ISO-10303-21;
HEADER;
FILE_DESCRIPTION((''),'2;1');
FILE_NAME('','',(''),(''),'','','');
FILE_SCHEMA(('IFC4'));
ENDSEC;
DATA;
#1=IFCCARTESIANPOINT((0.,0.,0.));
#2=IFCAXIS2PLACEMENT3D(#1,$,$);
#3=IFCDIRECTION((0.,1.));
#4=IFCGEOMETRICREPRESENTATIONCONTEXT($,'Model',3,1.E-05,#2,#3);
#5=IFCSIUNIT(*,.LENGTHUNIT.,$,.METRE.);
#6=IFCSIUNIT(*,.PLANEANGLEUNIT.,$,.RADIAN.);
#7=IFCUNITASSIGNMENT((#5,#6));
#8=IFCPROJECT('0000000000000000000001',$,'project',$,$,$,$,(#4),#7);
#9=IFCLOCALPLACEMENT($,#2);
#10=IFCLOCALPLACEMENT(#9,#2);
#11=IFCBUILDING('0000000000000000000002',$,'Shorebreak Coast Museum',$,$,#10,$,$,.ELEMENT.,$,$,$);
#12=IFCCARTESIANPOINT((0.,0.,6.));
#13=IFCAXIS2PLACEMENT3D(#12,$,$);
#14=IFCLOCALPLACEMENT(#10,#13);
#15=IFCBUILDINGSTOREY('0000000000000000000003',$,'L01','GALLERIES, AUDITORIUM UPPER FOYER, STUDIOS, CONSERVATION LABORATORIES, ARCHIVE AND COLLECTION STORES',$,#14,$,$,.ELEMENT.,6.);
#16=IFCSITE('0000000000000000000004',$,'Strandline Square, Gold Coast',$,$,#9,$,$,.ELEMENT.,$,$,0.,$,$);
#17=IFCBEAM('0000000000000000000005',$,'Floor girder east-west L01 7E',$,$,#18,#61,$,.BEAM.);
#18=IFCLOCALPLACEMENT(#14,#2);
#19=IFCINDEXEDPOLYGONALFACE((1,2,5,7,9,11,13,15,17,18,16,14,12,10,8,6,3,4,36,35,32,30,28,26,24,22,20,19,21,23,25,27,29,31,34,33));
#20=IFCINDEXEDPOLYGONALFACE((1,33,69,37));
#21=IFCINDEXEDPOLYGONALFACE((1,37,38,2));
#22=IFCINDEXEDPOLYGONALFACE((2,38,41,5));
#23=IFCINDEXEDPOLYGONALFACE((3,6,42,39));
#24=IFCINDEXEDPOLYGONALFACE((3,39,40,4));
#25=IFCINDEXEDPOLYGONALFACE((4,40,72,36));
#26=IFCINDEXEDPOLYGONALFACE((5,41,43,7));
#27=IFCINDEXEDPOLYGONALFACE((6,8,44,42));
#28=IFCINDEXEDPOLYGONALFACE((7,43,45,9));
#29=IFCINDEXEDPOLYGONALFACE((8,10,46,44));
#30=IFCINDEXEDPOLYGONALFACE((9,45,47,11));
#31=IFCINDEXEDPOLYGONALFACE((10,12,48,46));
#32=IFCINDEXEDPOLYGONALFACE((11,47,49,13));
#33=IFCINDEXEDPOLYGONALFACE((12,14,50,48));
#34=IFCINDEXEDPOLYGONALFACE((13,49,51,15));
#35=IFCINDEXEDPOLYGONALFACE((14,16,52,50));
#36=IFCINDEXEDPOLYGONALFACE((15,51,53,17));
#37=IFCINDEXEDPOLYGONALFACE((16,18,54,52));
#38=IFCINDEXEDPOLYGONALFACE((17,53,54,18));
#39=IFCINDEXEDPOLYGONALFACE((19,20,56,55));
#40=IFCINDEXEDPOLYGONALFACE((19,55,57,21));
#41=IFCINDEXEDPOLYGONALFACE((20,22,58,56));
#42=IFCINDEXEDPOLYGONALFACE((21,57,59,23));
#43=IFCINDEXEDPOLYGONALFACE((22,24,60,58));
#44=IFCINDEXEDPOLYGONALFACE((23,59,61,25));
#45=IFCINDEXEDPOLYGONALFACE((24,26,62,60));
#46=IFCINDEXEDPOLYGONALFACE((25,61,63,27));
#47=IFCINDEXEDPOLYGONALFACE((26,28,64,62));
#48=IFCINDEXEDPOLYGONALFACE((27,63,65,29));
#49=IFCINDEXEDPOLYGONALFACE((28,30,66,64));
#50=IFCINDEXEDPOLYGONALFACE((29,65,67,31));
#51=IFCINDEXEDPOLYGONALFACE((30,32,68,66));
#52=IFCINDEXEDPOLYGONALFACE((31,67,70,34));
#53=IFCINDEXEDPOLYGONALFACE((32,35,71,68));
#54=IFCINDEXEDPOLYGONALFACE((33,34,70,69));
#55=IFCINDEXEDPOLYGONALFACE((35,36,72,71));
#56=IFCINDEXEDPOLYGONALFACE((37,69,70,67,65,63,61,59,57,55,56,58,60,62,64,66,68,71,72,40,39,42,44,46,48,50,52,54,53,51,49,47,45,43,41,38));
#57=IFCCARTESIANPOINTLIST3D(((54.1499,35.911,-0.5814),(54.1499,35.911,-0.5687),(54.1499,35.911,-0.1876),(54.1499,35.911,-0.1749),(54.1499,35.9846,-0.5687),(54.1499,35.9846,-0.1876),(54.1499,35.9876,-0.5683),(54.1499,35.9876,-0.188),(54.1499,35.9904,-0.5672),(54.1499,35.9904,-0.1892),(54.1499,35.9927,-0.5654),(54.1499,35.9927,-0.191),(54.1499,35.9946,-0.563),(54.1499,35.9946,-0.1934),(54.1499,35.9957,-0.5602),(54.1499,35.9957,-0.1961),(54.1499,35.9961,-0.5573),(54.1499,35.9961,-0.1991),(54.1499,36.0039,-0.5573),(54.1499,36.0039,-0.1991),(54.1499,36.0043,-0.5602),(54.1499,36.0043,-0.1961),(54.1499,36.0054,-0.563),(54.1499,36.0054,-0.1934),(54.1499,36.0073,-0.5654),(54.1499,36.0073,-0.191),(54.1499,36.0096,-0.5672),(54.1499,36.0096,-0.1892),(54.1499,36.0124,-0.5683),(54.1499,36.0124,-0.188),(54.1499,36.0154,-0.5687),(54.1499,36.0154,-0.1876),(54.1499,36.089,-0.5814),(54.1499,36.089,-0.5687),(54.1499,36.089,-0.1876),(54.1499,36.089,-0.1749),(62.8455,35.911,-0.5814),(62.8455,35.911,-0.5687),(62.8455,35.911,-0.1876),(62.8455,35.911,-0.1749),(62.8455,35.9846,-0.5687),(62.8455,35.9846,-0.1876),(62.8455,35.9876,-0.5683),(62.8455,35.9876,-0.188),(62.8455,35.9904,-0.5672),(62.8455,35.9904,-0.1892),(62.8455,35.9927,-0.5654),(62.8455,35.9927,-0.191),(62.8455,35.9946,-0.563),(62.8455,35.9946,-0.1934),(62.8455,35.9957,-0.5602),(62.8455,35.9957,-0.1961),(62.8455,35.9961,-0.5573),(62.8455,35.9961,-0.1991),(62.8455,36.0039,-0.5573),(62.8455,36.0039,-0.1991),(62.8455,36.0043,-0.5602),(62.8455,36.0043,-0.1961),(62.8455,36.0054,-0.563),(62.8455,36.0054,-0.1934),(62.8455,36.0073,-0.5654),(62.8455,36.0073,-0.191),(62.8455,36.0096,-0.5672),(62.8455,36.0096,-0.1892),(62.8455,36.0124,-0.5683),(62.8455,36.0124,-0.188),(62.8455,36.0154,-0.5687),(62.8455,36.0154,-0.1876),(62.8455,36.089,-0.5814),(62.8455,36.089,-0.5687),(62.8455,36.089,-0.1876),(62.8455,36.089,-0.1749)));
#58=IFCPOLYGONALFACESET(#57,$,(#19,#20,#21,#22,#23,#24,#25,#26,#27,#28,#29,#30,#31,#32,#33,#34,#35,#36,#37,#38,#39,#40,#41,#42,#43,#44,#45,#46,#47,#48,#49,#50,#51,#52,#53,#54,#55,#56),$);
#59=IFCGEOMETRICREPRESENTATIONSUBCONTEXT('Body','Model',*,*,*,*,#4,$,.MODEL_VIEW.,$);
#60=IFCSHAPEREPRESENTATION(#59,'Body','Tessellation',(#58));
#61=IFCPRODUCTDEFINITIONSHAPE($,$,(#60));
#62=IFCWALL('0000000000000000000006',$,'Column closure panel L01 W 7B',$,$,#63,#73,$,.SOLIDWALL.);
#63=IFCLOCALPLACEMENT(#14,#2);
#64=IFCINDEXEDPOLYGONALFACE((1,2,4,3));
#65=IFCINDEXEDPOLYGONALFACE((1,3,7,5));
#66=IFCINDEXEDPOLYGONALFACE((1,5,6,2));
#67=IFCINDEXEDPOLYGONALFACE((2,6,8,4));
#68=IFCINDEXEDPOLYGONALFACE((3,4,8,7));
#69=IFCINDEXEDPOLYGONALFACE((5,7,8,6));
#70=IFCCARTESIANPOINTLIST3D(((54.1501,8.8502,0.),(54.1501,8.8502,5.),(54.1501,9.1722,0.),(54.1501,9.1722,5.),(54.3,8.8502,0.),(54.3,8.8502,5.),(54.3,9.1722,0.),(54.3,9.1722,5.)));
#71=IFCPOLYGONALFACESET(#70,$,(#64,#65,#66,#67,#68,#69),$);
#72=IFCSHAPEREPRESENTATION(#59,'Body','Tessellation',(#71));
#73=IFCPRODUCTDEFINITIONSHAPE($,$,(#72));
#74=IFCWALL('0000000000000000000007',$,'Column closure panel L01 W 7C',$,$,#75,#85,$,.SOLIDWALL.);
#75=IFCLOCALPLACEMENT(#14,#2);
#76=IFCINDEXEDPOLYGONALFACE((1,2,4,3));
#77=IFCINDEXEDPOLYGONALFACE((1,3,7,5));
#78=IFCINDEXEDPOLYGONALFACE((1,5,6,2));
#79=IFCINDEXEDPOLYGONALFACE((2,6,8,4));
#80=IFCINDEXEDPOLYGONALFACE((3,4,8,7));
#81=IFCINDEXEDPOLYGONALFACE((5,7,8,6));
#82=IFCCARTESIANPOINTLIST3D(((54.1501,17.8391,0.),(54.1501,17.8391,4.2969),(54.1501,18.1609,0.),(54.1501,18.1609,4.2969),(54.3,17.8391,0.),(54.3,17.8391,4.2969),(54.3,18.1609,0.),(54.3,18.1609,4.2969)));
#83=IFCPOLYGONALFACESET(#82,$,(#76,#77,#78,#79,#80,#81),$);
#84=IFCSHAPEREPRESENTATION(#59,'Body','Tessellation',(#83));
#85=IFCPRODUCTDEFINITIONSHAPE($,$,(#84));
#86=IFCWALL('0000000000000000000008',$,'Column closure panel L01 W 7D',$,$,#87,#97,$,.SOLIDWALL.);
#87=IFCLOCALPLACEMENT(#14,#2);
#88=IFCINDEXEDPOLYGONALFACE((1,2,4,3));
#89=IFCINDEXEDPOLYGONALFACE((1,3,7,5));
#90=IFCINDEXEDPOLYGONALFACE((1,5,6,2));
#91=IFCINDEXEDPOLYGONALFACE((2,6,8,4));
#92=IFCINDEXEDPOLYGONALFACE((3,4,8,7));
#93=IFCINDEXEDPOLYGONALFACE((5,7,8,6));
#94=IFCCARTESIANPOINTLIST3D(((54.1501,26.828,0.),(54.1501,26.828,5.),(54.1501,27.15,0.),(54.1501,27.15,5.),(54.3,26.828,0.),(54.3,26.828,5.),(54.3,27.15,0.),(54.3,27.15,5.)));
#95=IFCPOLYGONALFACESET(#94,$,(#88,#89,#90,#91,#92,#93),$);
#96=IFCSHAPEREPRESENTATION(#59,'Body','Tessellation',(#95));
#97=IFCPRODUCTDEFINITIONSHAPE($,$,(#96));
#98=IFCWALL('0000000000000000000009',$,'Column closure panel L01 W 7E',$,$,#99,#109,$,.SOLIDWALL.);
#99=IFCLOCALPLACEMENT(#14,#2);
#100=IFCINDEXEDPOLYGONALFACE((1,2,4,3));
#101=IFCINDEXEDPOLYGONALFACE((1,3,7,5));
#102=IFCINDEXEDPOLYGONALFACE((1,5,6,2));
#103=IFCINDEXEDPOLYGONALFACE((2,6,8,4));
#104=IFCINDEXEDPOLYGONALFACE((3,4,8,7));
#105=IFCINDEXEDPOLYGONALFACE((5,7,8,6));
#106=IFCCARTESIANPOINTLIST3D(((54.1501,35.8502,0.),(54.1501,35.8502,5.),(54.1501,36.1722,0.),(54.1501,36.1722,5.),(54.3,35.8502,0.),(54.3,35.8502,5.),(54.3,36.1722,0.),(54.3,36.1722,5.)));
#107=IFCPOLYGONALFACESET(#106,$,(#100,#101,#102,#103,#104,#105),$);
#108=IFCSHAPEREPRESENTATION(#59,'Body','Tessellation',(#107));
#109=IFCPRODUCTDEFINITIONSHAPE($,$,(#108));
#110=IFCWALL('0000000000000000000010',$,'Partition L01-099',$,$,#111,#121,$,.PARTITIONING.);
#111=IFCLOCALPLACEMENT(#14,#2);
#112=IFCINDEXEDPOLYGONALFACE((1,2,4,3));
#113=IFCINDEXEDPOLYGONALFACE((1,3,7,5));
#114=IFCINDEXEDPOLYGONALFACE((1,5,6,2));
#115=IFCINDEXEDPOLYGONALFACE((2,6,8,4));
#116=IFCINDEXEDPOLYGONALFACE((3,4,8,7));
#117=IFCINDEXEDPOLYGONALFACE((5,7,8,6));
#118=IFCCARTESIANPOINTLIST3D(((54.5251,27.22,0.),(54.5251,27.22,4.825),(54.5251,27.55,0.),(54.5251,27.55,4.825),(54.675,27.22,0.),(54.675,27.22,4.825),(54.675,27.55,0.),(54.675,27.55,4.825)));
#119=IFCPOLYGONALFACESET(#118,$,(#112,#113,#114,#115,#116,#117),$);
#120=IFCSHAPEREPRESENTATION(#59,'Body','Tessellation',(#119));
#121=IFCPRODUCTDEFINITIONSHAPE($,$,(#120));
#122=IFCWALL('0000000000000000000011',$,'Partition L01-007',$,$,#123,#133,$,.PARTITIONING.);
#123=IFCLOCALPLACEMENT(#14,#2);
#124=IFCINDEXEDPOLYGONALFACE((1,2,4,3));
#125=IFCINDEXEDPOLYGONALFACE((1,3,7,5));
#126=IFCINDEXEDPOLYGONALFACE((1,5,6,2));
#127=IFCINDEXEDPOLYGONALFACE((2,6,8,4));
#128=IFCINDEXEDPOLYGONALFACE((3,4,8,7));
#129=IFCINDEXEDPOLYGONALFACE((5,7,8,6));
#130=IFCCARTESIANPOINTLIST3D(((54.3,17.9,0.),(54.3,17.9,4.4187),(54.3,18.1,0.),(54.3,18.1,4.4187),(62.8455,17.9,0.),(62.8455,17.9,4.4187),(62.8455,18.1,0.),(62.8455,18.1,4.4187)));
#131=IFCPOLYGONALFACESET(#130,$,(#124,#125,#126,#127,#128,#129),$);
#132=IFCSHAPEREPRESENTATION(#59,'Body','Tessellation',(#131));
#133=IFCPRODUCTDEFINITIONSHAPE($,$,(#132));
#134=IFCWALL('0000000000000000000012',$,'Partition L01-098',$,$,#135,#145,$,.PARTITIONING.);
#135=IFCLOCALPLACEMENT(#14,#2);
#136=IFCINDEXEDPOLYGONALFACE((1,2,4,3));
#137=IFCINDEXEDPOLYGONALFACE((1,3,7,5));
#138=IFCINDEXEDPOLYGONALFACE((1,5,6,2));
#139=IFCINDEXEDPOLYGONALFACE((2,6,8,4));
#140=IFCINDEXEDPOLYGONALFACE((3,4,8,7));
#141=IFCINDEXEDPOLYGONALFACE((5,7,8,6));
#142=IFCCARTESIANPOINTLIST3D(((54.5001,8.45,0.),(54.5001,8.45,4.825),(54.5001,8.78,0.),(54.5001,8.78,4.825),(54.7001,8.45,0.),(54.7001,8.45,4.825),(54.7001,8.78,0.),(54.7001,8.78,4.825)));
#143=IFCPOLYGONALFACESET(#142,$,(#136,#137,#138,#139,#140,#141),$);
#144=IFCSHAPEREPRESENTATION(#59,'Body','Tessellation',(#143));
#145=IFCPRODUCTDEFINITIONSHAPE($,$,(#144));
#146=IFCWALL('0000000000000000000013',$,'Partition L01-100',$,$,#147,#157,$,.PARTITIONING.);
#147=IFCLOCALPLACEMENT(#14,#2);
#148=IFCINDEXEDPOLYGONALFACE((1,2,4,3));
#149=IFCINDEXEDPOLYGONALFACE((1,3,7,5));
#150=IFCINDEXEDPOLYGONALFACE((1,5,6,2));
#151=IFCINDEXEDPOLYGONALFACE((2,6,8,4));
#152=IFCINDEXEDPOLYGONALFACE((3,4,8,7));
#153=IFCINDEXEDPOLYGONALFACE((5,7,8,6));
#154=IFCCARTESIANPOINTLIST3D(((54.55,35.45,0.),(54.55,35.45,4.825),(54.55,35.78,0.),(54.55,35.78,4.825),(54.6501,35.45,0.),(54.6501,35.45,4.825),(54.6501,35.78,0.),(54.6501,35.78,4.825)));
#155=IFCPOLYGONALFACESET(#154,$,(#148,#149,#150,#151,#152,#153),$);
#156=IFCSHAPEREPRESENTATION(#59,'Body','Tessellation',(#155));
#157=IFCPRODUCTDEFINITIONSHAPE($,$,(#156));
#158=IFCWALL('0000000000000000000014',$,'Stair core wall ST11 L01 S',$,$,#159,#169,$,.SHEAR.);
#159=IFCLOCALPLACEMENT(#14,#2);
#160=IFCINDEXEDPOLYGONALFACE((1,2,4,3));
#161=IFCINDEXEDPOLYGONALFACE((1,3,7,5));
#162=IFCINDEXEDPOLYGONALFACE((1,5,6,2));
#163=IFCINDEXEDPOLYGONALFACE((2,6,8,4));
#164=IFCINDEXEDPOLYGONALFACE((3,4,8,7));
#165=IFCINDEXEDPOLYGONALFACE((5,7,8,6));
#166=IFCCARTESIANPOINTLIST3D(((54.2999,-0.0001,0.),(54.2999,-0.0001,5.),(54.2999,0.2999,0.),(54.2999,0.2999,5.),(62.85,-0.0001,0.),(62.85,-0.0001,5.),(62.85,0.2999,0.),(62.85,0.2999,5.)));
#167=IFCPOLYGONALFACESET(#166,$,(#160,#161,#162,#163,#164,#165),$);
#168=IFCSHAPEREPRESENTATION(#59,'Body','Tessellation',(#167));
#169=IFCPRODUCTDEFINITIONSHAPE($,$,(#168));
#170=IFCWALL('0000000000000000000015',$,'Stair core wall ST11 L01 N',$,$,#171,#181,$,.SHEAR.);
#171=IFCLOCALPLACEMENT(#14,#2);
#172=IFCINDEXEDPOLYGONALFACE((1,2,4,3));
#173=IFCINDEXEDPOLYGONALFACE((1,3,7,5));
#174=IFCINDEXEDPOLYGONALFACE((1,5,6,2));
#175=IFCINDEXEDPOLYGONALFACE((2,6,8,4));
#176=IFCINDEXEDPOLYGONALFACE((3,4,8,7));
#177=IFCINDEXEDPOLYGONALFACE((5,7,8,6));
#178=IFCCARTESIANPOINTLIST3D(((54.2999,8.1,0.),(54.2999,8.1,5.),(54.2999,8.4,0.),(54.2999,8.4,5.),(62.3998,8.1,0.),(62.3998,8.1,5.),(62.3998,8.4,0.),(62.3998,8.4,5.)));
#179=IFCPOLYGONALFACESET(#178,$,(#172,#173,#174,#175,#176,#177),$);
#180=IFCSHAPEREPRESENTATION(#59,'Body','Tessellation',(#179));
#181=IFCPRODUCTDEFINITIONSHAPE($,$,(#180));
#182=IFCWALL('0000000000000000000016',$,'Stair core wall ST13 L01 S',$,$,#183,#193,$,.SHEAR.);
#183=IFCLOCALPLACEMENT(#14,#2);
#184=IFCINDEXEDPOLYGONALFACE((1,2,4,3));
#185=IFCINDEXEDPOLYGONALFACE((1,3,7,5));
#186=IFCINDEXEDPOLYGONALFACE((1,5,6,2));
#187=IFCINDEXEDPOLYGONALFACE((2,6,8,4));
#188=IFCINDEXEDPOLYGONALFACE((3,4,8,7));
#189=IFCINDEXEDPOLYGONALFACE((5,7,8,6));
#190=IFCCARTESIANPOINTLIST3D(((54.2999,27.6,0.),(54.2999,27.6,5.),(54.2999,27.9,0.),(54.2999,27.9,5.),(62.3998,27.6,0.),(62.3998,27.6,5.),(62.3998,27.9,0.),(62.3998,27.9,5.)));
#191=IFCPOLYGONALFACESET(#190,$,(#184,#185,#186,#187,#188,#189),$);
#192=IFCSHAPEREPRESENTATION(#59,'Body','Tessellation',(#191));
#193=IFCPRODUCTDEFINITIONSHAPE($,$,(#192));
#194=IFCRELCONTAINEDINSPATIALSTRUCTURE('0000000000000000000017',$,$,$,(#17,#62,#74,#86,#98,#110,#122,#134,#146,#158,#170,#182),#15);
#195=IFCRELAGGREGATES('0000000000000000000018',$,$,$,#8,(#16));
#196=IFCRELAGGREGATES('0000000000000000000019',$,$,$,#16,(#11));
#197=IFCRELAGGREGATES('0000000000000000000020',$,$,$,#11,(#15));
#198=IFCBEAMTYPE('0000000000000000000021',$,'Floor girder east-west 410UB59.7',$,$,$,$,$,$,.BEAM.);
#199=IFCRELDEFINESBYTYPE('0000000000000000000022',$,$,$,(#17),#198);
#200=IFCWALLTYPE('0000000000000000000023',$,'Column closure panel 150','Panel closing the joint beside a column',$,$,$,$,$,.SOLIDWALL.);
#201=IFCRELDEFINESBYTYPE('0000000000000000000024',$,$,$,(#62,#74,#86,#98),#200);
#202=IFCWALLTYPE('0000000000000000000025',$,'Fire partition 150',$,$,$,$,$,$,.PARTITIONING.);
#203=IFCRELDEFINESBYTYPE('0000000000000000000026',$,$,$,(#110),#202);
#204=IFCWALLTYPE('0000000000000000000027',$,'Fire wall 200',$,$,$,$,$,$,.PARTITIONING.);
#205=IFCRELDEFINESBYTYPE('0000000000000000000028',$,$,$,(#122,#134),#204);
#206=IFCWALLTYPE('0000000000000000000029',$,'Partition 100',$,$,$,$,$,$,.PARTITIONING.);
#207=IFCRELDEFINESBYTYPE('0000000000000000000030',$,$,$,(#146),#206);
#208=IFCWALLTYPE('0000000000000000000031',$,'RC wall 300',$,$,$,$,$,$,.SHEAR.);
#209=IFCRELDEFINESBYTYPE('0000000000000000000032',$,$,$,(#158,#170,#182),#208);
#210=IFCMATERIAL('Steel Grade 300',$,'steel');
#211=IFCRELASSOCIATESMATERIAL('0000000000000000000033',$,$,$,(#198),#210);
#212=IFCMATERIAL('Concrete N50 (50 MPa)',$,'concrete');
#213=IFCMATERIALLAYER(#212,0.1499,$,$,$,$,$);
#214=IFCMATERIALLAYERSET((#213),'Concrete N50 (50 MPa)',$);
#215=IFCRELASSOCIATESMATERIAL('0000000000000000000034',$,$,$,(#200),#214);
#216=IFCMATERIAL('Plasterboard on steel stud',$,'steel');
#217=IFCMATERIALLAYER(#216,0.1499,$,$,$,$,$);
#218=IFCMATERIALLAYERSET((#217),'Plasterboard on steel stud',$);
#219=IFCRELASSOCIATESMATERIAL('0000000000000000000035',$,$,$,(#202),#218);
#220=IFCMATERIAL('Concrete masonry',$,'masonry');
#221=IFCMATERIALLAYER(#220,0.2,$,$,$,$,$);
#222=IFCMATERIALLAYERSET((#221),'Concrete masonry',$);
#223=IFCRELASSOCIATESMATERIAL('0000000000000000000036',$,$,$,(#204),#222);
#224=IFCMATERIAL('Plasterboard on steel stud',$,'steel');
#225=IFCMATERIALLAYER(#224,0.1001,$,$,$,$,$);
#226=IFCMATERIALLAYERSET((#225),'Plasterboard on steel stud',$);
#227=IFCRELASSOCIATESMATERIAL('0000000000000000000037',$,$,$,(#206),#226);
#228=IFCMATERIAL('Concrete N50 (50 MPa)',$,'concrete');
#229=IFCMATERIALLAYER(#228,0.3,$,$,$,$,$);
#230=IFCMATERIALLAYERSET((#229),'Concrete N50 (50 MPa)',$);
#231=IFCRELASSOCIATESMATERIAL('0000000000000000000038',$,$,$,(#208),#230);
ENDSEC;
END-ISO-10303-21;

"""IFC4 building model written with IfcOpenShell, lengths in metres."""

from ifc_helpers import new_model, si_unit, direction, frame, frame_2d, origin, origin_2d, place, context, subcontext, project, spatial, rectangle, i_section, extrude, material, layer, layer_set, material_profile, profile_set, type_object, element, save


model = new_model("IFC4")

# Units and contexts
model_context = context("Model", 3, precision=1e-05, world=origin(), true_north=direction((0.0, 1.0)))
body_context = subcontext(model_context, "Body", "Model", "MODEL_VIEW")
ifc_project = project(units=[si_unit("LENGTHUNIT", "METRE"), si_unit("PLANEANGLEUNIT", "RADIAN")], contexts=[model_context])

# Site, building, storey
site_placement = place(None, origin())
site = spatial("IfcSite", under=ifc_project, at=site_placement, Name="Strandline Square, Gold Coast", CompositionType="ELEMENT", RefElevation=0.0)
building_placement = place(site_placement, origin())
building = spatial("IfcBuilding", under=site, at=building_placement, Name="Shorebreak Coast Museum", CompositionType="ELEMENT")
storey_placement = place(building_placement, frame((0.0, 0.0, 6.0)))
storey = spatial("IfcBuildingStorey", under=building, at=storey_placement, Name="L01", Description="GALLERIES, AUDITORIUM UPPER FOYER, STUDIOS, CONSERVATION LABORATORIES, ARCHIVE AND COLLECTION STORES", CompositionType="ELEMENT", Elevation=6.0)

# Beam
ifc_material_1 = material(Name="Steel Grade 300", Category="steel")
ifc_material_profile = material_profile(ifc_material_1, i_section(OverallWidth=0.178, OverallDepth=0.4065, WebThickness=0.0078, FlangeThickness=0.0127, FilletRadius=0.0115, at=origin_2d()), Name="410UB59.7")
ifc_profile_set = profile_set([ifc_material_profile], Name="Steel Grade 300")
beam_type = type_object("IfcBeamType", Name="Floor girder east-west 410UB59.7", PredefinedType="BEAM", material=ifc_profile_set)
beam_placement = place(storey_placement, frame((54.1499, 36.0, -0.3782), z_axis=(1.0, 0.0, 0.0), x_axis=(0.0, 1.0, 0.0)))
element("IfcBeam", 1, at=beam_placement, inside=storey, type_object=beam_type, Name="Floor girder east-west L01 7E", PredefinedType="BEAM", context=body_context, shape_type="SweptSolid", body=[
    extrude(i_section(OverallWidth=0.178, OverallDepth=0.4065, WebThickness=0.0078, FlangeThickness=0.0127, FilletRadius=0.0115, at=origin_2d()), origin(), (0.0, 0.0, 1.0), 8.6956),
])

# Walls
ifc_material_2 = material(Name="Concrete N50 (50 MPa)", Category="concrete")
ifc_layer_1 = layer(ifc_material_2, 0.1499)
ifc_layer_set_1 = layer_set([ifc_layer_1], Name="Concrete N50 (50 MPa)")
wall_type_1 = type_object("IfcWallType", Name="Column closure panel 150", Description="Panel closing the joint beside a column", PredefinedType="SOLIDWALL", material=ifc_layer_set_1)
wall_1_placement = place(storey_placement, frame((54.2251, 8.8501, 0.0), z_axis=(0.0, 0.0, 1.0), x_axis=(0.0, 1.0, 0.0)))
element("IfcWall", 2, at=wall_1_placement, inside=storey, type_object=wall_type_1, Name="Column closure panel L01 W 7B", PredefinedType="SOLIDWALL", context=body_context, shape_type="SweptSolid", body=[
    extrude(rectangle(XDim=0.322, YDim=0.1499, at=frame_2d((0.1611, 0.0))), origin(), (0.0, 0.0, 1.0), 5.0),
])
wall_2_placement = place(storey_placement, frame((54.2251, 17.8391, 0.0), z_axis=(0.0, 0.0, 1.0), x_axis=(0.0, 1.0, 0.0)))
element("IfcWall", 3, at=wall_2_placement, inside=storey, type_object=wall_type_1, Name="Column closure panel L01 W 7C", PredefinedType="SOLIDWALL", context=body_context, shape_type="SweptSolid", body=[
    extrude(rectangle(XDim=0.3218, YDim=0.1499, at=frame_2d((0.1609, 0.0))), origin(), (0.0, 0.0, 1.0), 4.2969),
])
for number, where, z_axis, x_axis, name in (
    (4, (54.2251, 26.8279, 0.0), (0.0, 0.0, 1.0), (0.0, 1.0, 0.0), "Column closure panel L01 W 7D"),
    (5, (54.2251, 35.8501, 0.0), (0.0, 0.0, 1.0), (0.0, 1.0, 0.0), "Column closure panel L01 W 7E"),
):
    element("IfcWall", number, at=place(storey_placement, frame(where, z_axis=z_axis, x_axis=x_axis)), inside=storey, type_object=wall_type_1, Name=name, PredefinedType="SOLIDWALL", context=body_context, shape_type="SweptSolid", body=[
        extrude(rectangle(XDim=0.322, YDim=0.1499, at=frame_2d((0.1611, 0.0))), origin(), (0.0, 0.0, 1.0), 5.0),
    ])
ifc_material_3 = material(Name="Plasterboard on steel stud", Category="steel")
ifc_layer_2 = layer(ifc_material_3, 0.1499)
ifc_layer_set_2 = layer_set([ifc_layer_2], Name="Plasterboard on steel stud")
wall_type_2 = type_object("IfcWallType", Name="Fire partition 150", PredefinedType="PARTITIONING", material=ifc_layer_set_2)
wall_3_placement = place(storey_placement, frame((54.6001, 27.22, 0.0), z_axis=(0.0, 0.0, 1.0), x_axis=(0.0, 1.0, 0.0)))
element("IfcWall", 6, at=wall_3_placement, inside=storey, type_object=wall_type_2, Name="Partition L01-099", PredefinedType="PARTITIONING", context=body_context, shape_type="SweptSolid", body=[
    extrude(rectangle(XDim=0.3301, YDim=0.1499, at=frame_2d((0.165, 0.0))), origin(), (0.0, 0.0, 1.0), 4.825),
])
ifc_material_4 = material(Name="Concrete masonry", Category="masonry")
ifc_layer_3 = layer(ifc_material_4, 0.2)
ifc_layer_set_3 = layer_set([ifc_layer_3], Name="Concrete masonry")
wall_type_3 = type_object("IfcWallType", Name="Fire wall 200", PredefinedType="PARTITIONING", material=ifc_layer_set_3)
wall_4_placement = place(storey_placement, frame((54.3, 18.0, 0.0), z_axis=(0.0, 0.0, 1.0), x_axis=(1.0, 0.0, 0.0)))
element("IfcWall", 7, at=wall_4_placement, inside=storey, type_object=wall_type_3, Name="Partition L01-007", PredefinedType="PARTITIONING", context=body_context, shape_type="SweptSolid", body=[
    extrude(rectangle(XDim=8.5454, YDim=0.2, at=frame_2d((4.2727, 0.0))), origin(), (0.0, 0.0, 1.0), 4.4187),
])
wall_5_placement = place(storey_placement, frame((54.6001, 8.45, 0.0), z_axis=(0.0, 0.0, 1.0), x_axis=(0.0, 1.0, 0.0)))
element("IfcWall", 8, at=wall_5_placement, inside=storey, type_object=wall_type_3, Name="Partition L01-098", PredefinedType="PARTITIONING", context=body_context, shape_type="SweptSolid", body=[
    extrude(rectangle(XDim=0.3301, YDim=0.2, at=frame_2d((0.165, 0.0))), origin(), (0.0, 0.0, 1.0), 4.825),
])
ifc_material_5 = material(Name="Plasterboard on steel stud", Category="steel")
ifc_layer_4 = layer(ifc_material_5, 0.1001)
ifc_layer_set_4 = layer_set([ifc_layer_4], Name="Plasterboard on steel stud")
wall_type_4 = type_object("IfcWallType", Name="Partition 100", PredefinedType="PARTITIONING", material=ifc_layer_set_4)
wall_6_placement = place(storey_placement, frame((54.6001, 35.45, 0.0), z_axis=(0.0, 0.0, 1.0), x_axis=(0.0, 1.0, 0.0)))
element("IfcWall", 9, at=wall_6_placement, inside=storey, type_object=wall_type_4, Name="Partition L01-100", PredefinedType="PARTITIONING", context=body_context, shape_type="SweptSolid", body=[
    extrude(rectangle(XDim=0.3301, YDim=0.1001, at=frame_2d((0.165, 0.0))), origin(), (0.0, 0.0, 1.0), 4.825),
])
ifc_material_6 = material(Name="Concrete N50 (50 MPa)", Category="concrete")
ifc_layer_5 = layer(ifc_material_6, 0.3)
ifc_layer_set_5 = layer_set([ifc_layer_5], Name="Concrete N50 (50 MPa)")
wall_type_5 = type_object("IfcWallType", Name="RC wall 300", PredefinedType="SHEAR", material=ifc_layer_set_5)
wall_7_placement = place(storey_placement, frame((54.3, 0.1499, 0.0), z_axis=(0.0, 0.0, 1.0), x_axis=(1.0, 0.0, 0.0)))
element("IfcWall", 10, at=wall_7_placement, inside=storey, type_object=wall_type_5, Name="Stair core wall ST11 L01 S", PredefinedType="SHEAR", context=body_context, shape_type="SweptSolid", body=[
    extrude(rectangle(XDim=8.55, YDim=0.3, at=frame_2d((4.2749, 0.0))), origin(), (0.0, 0.0, 1.0), 5.0),
])
for number, where, z_axis, x_axis, name in (
    (11, (54.3, 8.25, 0.0), (0.0, 0.0, 1.0), (1.0, 0.0, 0.0), "Stair core wall ST11 L01 N"),
    (12, (54.3, 27.75, 0.0), (0.0, 0.0, 1.0), (1.0, 0.0, 0.0), "Stair core wall ST13 L01 S"),
):
    element("IfcWall", number, at=place(storey_placement, frame(where, z_axis=z_axis, x_axis=x_axis)), inside=storey, type_object=wall_type_5, Name=name, PredefinedType="SHEAR", context=body_context, shape_type="SweptSolid", body=[
        extrude(rectangle(XDim=8.0999, YDim=0.3, at=frame_2d((4.0498, 0.0))), origin(), (0.0, 0.0, 1.0), 5.0),
    ])

save(model, "model.ifc")
